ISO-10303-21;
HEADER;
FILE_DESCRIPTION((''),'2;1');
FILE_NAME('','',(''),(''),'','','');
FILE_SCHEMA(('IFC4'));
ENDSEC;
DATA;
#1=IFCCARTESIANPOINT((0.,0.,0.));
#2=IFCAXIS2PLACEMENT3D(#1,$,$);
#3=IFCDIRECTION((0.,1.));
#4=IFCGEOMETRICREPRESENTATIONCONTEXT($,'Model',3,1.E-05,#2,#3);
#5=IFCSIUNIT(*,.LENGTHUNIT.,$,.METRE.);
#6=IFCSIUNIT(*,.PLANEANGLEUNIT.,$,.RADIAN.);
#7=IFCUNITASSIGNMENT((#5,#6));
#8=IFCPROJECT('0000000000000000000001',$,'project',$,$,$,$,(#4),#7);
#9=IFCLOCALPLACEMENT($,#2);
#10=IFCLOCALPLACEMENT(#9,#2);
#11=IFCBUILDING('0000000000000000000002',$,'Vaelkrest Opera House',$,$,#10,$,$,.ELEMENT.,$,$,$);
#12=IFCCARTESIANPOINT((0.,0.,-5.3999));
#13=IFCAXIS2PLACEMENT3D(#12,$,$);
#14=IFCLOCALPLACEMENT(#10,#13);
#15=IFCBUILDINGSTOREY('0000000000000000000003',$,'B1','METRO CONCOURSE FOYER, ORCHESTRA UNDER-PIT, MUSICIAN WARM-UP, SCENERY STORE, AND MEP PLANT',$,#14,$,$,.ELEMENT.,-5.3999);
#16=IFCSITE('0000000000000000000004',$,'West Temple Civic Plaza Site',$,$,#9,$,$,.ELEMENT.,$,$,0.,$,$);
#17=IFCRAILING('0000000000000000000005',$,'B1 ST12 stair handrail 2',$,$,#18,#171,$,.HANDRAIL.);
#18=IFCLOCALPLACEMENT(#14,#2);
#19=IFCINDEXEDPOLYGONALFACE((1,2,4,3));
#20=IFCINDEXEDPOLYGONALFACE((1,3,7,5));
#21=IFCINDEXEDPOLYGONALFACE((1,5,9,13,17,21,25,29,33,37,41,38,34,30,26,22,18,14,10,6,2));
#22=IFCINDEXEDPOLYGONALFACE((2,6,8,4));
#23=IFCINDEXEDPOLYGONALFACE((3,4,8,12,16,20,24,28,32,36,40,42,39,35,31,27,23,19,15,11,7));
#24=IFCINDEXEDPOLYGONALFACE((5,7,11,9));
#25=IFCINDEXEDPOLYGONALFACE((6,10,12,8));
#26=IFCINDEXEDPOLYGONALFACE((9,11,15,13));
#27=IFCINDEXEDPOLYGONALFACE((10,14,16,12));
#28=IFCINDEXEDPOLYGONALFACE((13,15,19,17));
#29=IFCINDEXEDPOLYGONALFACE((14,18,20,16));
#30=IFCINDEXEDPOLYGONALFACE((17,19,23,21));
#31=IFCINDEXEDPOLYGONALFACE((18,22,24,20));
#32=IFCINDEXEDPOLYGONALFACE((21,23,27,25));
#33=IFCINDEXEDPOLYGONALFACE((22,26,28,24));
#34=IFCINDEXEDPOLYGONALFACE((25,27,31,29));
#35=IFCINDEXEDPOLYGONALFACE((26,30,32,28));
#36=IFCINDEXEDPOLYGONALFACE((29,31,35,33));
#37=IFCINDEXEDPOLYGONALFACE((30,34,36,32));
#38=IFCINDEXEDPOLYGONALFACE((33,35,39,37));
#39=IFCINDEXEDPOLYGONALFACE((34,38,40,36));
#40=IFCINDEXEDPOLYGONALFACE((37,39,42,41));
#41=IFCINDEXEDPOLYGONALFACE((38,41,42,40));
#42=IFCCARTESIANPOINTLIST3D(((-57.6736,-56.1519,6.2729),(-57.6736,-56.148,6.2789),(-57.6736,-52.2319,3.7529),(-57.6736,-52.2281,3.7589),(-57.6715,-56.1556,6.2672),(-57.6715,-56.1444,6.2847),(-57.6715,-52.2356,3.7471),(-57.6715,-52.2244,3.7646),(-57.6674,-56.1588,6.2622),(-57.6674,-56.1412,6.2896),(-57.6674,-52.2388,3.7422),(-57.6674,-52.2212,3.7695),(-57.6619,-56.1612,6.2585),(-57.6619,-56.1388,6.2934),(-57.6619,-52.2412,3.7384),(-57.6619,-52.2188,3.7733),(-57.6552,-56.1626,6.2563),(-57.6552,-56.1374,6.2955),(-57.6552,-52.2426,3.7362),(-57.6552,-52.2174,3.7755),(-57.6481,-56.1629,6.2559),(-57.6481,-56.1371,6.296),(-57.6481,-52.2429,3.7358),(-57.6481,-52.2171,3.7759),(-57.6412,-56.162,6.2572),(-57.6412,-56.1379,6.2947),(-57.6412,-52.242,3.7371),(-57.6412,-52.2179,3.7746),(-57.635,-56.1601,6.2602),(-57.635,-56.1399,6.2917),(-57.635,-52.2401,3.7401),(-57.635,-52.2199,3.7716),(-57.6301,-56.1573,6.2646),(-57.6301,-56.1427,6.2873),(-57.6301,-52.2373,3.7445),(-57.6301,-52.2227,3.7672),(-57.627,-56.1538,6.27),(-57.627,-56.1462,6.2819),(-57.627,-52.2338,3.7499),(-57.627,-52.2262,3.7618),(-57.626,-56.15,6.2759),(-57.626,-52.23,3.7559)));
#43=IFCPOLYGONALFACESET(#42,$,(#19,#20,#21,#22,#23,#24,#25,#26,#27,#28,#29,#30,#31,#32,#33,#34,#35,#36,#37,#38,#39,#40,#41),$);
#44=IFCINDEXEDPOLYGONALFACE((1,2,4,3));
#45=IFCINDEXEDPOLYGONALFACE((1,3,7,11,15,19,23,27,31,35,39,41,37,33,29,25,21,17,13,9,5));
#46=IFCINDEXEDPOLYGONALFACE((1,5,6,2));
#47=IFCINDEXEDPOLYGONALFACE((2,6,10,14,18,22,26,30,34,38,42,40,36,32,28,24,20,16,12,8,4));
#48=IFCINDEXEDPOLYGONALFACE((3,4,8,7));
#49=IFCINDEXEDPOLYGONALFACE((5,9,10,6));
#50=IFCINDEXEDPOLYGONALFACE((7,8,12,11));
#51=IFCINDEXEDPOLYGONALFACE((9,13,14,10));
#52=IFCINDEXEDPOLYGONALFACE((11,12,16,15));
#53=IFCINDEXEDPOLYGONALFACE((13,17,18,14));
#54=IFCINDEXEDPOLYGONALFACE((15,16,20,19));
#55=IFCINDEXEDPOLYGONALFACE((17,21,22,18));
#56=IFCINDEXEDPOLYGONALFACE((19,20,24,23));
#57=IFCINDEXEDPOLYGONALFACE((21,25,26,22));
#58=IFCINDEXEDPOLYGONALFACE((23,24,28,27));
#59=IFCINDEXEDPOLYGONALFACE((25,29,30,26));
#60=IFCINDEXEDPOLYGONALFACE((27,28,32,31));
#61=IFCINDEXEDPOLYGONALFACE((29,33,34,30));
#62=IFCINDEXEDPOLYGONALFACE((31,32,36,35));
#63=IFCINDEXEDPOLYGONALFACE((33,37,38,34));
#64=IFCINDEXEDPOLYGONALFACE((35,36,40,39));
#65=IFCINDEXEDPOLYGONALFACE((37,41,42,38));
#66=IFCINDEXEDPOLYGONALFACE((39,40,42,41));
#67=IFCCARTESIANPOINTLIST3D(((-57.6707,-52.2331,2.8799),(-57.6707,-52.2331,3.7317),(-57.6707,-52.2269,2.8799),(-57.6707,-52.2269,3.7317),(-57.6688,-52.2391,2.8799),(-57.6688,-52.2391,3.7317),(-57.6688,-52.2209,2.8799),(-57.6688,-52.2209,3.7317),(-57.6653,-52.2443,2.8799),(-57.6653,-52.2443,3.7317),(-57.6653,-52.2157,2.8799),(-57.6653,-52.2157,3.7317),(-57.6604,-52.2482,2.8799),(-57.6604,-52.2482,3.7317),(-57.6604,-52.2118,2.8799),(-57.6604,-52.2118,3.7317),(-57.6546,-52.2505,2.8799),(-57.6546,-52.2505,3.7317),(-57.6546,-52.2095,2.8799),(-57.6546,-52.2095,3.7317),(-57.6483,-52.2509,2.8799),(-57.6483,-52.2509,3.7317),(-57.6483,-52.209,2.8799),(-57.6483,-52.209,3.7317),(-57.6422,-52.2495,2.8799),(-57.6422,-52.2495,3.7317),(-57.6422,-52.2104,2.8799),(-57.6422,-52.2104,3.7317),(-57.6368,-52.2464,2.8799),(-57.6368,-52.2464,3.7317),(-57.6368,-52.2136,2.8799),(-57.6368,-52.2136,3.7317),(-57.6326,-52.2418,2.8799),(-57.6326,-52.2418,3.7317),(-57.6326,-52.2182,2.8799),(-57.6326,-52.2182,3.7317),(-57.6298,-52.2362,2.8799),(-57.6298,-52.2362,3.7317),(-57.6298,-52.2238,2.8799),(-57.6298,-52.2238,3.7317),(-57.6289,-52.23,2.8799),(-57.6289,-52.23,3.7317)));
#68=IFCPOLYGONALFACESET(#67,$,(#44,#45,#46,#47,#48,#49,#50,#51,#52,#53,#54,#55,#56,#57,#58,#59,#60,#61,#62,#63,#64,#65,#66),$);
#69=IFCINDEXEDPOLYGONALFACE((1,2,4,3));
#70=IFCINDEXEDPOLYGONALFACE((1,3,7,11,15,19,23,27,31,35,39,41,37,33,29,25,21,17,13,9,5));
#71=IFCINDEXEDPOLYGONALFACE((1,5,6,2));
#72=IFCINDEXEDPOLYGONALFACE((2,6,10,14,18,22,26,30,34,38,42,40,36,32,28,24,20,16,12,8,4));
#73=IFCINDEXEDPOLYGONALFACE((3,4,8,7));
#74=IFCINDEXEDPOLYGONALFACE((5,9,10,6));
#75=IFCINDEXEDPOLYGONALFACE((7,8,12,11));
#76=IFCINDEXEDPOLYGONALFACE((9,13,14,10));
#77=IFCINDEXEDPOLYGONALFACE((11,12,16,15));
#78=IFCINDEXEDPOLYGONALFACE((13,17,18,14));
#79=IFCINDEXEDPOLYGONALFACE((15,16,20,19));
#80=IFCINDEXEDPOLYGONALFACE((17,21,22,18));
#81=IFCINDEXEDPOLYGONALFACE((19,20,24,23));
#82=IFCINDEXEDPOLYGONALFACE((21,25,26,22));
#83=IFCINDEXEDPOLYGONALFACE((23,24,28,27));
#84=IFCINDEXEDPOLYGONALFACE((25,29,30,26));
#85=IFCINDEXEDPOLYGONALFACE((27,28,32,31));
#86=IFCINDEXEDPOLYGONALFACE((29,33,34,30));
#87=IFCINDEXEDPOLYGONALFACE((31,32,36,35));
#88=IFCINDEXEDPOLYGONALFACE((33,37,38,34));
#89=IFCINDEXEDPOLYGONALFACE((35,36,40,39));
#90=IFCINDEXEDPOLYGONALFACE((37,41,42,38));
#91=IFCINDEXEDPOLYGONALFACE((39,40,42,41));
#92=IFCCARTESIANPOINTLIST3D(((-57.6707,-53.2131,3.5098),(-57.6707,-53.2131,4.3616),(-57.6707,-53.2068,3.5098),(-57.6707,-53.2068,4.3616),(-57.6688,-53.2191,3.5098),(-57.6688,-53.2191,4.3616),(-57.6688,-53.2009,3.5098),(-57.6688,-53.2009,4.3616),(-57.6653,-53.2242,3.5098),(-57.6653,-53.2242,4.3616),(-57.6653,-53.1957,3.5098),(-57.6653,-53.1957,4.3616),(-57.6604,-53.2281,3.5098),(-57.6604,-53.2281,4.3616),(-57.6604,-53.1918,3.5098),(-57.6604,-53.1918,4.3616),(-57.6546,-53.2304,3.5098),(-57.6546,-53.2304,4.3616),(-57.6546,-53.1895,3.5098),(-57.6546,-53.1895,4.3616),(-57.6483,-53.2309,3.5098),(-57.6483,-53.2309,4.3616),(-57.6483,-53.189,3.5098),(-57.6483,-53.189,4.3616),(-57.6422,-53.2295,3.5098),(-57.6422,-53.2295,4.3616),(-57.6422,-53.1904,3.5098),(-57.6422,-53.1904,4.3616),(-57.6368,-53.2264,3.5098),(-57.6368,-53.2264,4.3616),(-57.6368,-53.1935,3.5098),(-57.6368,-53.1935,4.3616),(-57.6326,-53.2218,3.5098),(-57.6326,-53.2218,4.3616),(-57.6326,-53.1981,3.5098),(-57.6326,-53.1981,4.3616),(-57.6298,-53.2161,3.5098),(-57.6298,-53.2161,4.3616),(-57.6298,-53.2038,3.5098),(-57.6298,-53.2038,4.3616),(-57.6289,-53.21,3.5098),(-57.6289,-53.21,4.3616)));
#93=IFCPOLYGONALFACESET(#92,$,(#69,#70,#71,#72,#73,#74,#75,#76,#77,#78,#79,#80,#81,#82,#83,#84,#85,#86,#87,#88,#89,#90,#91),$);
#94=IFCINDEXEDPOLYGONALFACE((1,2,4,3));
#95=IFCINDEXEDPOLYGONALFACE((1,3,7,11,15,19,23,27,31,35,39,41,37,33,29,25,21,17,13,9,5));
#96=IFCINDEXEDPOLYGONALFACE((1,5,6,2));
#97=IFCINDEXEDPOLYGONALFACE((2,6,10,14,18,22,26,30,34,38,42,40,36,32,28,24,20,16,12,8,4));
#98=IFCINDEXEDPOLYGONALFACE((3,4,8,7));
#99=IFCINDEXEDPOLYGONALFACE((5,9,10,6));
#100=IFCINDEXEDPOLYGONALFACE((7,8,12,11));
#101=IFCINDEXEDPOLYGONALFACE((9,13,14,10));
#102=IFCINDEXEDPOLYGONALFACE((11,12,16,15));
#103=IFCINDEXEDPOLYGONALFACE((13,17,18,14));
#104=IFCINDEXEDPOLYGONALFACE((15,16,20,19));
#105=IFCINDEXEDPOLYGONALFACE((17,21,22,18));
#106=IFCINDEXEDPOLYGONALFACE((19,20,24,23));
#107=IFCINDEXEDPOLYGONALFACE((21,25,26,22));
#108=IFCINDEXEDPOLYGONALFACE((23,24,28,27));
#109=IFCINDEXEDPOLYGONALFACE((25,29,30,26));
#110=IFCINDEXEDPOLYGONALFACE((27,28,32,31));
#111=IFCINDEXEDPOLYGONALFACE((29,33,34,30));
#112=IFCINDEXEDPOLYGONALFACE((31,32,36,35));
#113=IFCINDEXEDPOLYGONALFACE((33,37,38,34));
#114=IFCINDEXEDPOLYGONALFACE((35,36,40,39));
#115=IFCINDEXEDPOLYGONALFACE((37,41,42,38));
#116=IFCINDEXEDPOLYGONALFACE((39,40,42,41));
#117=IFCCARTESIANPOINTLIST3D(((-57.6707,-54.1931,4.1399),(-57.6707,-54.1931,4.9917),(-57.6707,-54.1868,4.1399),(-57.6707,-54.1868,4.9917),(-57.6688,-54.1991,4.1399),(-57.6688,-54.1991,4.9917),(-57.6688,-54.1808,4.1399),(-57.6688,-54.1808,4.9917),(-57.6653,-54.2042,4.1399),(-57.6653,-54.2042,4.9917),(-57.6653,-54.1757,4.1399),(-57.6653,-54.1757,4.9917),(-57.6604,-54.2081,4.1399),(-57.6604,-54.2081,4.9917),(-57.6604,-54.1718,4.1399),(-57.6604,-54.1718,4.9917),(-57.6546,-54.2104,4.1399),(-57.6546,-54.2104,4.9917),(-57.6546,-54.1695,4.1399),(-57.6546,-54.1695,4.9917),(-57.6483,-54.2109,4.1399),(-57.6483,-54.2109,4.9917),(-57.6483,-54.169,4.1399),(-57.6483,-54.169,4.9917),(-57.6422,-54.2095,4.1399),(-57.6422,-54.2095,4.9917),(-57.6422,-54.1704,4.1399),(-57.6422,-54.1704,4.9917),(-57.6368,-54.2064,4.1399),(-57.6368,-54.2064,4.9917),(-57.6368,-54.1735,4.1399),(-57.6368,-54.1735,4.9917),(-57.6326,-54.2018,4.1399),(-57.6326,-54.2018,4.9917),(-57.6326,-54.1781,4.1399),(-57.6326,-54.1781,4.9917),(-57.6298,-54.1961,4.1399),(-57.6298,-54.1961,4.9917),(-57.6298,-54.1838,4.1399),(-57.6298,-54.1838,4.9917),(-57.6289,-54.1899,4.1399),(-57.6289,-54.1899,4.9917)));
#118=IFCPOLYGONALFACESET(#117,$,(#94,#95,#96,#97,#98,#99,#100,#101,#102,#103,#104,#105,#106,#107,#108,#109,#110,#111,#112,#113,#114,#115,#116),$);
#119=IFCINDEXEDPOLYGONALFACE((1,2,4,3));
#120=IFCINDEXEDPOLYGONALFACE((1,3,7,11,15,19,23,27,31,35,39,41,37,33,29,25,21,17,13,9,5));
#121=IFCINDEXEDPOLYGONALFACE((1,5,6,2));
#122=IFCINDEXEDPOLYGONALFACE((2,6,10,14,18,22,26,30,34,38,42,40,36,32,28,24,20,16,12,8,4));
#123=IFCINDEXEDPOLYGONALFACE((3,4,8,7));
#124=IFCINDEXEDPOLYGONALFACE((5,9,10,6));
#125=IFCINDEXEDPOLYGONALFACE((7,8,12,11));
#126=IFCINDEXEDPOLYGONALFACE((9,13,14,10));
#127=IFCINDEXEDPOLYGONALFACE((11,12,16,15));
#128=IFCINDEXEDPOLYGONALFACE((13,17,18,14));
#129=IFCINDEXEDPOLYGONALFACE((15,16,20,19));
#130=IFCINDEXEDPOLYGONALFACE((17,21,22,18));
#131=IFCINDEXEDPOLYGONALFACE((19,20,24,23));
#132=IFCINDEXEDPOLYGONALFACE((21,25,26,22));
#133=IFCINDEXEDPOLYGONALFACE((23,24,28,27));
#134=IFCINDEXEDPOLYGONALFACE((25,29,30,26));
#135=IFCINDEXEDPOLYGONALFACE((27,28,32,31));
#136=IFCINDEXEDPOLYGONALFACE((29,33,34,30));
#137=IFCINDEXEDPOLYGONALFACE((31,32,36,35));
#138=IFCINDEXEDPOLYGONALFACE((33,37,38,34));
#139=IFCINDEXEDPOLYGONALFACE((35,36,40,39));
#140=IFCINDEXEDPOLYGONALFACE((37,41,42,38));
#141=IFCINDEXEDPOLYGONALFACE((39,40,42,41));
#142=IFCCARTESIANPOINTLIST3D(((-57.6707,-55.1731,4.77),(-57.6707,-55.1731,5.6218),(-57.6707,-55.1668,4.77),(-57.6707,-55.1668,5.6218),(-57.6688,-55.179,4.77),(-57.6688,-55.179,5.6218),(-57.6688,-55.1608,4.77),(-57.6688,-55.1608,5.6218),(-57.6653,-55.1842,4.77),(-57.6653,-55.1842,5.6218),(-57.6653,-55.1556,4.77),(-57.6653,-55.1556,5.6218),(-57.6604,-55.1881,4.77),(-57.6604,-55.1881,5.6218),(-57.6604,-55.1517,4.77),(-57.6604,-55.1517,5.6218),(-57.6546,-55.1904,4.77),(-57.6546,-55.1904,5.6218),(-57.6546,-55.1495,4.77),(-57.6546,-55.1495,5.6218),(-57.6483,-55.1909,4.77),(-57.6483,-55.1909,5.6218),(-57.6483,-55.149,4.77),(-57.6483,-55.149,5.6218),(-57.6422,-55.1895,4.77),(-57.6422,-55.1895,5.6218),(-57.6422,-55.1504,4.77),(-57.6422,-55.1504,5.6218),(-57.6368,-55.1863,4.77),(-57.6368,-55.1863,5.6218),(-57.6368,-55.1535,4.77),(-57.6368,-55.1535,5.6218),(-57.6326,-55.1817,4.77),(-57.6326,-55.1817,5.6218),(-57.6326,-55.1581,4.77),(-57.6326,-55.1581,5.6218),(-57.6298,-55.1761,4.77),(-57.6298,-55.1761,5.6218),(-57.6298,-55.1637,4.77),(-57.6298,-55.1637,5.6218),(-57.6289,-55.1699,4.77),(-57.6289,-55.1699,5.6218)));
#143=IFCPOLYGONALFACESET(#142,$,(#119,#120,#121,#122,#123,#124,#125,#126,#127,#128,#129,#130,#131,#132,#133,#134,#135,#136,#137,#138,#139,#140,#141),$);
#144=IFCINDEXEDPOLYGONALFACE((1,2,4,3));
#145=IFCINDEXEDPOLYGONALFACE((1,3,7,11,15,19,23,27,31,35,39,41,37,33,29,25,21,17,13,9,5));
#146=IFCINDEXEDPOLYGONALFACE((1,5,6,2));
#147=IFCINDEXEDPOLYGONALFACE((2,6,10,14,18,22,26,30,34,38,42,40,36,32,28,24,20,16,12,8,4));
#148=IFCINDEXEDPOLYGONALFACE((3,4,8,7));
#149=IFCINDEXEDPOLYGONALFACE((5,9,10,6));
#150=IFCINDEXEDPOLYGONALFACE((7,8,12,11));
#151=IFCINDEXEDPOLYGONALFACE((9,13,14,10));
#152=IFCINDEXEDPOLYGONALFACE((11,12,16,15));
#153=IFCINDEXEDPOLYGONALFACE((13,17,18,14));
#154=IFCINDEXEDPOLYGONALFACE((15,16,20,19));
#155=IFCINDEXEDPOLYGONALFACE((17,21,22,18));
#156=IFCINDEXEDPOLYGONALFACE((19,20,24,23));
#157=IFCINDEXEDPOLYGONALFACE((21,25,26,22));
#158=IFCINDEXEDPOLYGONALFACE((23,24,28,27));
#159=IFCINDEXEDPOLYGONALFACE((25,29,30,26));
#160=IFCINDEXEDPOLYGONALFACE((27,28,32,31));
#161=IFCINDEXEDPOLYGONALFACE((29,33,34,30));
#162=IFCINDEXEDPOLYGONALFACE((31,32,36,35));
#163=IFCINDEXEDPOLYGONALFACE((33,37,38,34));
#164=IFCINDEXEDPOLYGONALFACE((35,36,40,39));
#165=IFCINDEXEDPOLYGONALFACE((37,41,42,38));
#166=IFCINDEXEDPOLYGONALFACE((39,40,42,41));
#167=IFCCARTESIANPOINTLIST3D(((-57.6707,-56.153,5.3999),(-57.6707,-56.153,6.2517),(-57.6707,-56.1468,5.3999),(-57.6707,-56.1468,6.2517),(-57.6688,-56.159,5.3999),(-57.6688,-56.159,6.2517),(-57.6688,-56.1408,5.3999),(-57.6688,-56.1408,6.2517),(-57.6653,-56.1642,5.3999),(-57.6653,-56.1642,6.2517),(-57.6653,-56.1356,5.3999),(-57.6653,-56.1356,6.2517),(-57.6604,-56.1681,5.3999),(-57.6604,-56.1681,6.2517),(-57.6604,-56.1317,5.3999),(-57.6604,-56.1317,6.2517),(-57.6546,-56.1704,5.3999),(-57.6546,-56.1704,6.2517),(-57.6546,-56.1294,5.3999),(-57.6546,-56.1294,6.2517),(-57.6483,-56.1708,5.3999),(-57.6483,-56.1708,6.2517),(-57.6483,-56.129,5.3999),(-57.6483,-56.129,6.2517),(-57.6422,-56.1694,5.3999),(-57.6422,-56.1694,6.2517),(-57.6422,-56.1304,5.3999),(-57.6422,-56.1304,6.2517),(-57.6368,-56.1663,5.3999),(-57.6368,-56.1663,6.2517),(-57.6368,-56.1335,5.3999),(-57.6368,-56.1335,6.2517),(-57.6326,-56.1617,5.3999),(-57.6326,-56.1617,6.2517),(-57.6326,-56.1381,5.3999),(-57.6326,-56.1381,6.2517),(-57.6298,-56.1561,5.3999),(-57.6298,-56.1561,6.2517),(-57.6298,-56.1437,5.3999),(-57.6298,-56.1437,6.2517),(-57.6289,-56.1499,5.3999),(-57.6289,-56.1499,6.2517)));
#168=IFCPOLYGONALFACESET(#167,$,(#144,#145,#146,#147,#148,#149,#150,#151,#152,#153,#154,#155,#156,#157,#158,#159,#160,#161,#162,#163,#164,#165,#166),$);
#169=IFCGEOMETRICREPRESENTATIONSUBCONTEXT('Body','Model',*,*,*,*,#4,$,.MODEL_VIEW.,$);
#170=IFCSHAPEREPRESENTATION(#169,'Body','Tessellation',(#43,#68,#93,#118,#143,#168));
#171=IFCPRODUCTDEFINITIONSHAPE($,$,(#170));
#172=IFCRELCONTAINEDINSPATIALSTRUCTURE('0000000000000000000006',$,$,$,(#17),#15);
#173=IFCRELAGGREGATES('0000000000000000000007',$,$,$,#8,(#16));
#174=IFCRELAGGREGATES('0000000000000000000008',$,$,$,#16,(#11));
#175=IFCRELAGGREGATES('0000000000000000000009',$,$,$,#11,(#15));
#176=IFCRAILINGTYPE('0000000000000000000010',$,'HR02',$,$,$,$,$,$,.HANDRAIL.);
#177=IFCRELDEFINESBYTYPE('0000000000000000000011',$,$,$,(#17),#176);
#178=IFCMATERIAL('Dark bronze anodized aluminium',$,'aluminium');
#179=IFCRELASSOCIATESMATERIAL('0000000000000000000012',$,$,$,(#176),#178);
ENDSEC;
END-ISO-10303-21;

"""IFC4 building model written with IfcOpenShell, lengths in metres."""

from ifc_helpers import new_model, si_unit, direction, frame, origin, origin_2d, place, context, subcontext, project, spatial, circle, extrude, material, type_object, element, save


model = new_model("IFC4")

# Units and contexts
model_context = context("Model", 3, precision=1e-05, world=origin(), true_north=direction((0.0, 1.0)))
body_context = subcontext(model_context, "Body", "Model", "MODEL_VIEW")
ifc_project = project(units=[si_unit("LENGTHUNIT", "METRE"), si_unit("PLANEANGLEUNIT", "RADIAN")], contexts=[model_context])

# Site, building, storey
site_placement = place(None, origin())
site = spatial("IfcSite", under=ifc_project, at=site_placement, Name="West Temple Civic Plaza Site", CompositionType="ELEMENT", RefElevation=0.0)
building_placement = place(site_placement, origin())
building = spatial("IfcBuilding", under=site, at=building_placement, Name="Vaelkrest Opera House", CompositionType="ELEMENT")
storey_placement = place(building_placement, frame((0.0, 0.0, -5.3999)))
storey = spatial("IfcBuildingStorey", under=building, at=storey_placement, Name="B1", Description="METRO CONCOURSE FOYER, ORCHESTRA UNDER-PIT, MUSICIAN WARM-UP, SCENERY STORE, AND MEP PLANT", CompositionType="ELEMENT", Elevation=-5.3999)

# Railing
ifc_material_1 = material(Name="Dark bronze anodized aluminium", Category="aluminium")
railing_type_1 = type_object("IfcRailingType", Name="HR02", PredefinedType="HANDRAIL", material=ifc_material_1)
railing_1_placement = place(storey_placement, frame((-57.6499, -52.23, 2.8799)))
element("IfcRailing", 1, at=railing_1_placement, inside=storey, type_object=railing_type_1, Name="B1 ST12 stair handrail 2", PredefinedType="HANDRAIL", context=body_context, shape_type="SweptSolid", body=[
    extrude(circle(Radius=0.0239, at=origin_2d()), frame((0.0, 0.0, 0.876), z_axis=(0.0, -0.841172, 0.540768), x_axis=(1.0, 0.0, 0.0)), (0.0, 0.0, 1.0), 4.6602),
    extrude(circle(Radius=0.021, at=origin_2d()), origin(), (0.0, 0.0, 1.0), 0.8518),
    extrude(circle(Radius=0.021, at=origin_2d()), frame((0.0, -0.98, 0.6299)), (0.0, 0.0, 1.0), 0.8518),
    extrude(circle(Radius=0.021, at=origin_2d()), frame((0.0, -1.96, 1.26)), (0.0, 0.0, 1.0), 0.8518),
    extrude(circle(Radius=0.021, at=origin_2d()), frame((0.0, -2.9399, 1.8901)), (0.0, 0.0, 1.0), 0.8518),
    extrude(circle(Radius=0.021, at=origin_2d()), frame((0.0, -3.9199, 2.52)), (0.0, 0.0, 1.0), 0.8518),
])

save(model, "model.ifc")
